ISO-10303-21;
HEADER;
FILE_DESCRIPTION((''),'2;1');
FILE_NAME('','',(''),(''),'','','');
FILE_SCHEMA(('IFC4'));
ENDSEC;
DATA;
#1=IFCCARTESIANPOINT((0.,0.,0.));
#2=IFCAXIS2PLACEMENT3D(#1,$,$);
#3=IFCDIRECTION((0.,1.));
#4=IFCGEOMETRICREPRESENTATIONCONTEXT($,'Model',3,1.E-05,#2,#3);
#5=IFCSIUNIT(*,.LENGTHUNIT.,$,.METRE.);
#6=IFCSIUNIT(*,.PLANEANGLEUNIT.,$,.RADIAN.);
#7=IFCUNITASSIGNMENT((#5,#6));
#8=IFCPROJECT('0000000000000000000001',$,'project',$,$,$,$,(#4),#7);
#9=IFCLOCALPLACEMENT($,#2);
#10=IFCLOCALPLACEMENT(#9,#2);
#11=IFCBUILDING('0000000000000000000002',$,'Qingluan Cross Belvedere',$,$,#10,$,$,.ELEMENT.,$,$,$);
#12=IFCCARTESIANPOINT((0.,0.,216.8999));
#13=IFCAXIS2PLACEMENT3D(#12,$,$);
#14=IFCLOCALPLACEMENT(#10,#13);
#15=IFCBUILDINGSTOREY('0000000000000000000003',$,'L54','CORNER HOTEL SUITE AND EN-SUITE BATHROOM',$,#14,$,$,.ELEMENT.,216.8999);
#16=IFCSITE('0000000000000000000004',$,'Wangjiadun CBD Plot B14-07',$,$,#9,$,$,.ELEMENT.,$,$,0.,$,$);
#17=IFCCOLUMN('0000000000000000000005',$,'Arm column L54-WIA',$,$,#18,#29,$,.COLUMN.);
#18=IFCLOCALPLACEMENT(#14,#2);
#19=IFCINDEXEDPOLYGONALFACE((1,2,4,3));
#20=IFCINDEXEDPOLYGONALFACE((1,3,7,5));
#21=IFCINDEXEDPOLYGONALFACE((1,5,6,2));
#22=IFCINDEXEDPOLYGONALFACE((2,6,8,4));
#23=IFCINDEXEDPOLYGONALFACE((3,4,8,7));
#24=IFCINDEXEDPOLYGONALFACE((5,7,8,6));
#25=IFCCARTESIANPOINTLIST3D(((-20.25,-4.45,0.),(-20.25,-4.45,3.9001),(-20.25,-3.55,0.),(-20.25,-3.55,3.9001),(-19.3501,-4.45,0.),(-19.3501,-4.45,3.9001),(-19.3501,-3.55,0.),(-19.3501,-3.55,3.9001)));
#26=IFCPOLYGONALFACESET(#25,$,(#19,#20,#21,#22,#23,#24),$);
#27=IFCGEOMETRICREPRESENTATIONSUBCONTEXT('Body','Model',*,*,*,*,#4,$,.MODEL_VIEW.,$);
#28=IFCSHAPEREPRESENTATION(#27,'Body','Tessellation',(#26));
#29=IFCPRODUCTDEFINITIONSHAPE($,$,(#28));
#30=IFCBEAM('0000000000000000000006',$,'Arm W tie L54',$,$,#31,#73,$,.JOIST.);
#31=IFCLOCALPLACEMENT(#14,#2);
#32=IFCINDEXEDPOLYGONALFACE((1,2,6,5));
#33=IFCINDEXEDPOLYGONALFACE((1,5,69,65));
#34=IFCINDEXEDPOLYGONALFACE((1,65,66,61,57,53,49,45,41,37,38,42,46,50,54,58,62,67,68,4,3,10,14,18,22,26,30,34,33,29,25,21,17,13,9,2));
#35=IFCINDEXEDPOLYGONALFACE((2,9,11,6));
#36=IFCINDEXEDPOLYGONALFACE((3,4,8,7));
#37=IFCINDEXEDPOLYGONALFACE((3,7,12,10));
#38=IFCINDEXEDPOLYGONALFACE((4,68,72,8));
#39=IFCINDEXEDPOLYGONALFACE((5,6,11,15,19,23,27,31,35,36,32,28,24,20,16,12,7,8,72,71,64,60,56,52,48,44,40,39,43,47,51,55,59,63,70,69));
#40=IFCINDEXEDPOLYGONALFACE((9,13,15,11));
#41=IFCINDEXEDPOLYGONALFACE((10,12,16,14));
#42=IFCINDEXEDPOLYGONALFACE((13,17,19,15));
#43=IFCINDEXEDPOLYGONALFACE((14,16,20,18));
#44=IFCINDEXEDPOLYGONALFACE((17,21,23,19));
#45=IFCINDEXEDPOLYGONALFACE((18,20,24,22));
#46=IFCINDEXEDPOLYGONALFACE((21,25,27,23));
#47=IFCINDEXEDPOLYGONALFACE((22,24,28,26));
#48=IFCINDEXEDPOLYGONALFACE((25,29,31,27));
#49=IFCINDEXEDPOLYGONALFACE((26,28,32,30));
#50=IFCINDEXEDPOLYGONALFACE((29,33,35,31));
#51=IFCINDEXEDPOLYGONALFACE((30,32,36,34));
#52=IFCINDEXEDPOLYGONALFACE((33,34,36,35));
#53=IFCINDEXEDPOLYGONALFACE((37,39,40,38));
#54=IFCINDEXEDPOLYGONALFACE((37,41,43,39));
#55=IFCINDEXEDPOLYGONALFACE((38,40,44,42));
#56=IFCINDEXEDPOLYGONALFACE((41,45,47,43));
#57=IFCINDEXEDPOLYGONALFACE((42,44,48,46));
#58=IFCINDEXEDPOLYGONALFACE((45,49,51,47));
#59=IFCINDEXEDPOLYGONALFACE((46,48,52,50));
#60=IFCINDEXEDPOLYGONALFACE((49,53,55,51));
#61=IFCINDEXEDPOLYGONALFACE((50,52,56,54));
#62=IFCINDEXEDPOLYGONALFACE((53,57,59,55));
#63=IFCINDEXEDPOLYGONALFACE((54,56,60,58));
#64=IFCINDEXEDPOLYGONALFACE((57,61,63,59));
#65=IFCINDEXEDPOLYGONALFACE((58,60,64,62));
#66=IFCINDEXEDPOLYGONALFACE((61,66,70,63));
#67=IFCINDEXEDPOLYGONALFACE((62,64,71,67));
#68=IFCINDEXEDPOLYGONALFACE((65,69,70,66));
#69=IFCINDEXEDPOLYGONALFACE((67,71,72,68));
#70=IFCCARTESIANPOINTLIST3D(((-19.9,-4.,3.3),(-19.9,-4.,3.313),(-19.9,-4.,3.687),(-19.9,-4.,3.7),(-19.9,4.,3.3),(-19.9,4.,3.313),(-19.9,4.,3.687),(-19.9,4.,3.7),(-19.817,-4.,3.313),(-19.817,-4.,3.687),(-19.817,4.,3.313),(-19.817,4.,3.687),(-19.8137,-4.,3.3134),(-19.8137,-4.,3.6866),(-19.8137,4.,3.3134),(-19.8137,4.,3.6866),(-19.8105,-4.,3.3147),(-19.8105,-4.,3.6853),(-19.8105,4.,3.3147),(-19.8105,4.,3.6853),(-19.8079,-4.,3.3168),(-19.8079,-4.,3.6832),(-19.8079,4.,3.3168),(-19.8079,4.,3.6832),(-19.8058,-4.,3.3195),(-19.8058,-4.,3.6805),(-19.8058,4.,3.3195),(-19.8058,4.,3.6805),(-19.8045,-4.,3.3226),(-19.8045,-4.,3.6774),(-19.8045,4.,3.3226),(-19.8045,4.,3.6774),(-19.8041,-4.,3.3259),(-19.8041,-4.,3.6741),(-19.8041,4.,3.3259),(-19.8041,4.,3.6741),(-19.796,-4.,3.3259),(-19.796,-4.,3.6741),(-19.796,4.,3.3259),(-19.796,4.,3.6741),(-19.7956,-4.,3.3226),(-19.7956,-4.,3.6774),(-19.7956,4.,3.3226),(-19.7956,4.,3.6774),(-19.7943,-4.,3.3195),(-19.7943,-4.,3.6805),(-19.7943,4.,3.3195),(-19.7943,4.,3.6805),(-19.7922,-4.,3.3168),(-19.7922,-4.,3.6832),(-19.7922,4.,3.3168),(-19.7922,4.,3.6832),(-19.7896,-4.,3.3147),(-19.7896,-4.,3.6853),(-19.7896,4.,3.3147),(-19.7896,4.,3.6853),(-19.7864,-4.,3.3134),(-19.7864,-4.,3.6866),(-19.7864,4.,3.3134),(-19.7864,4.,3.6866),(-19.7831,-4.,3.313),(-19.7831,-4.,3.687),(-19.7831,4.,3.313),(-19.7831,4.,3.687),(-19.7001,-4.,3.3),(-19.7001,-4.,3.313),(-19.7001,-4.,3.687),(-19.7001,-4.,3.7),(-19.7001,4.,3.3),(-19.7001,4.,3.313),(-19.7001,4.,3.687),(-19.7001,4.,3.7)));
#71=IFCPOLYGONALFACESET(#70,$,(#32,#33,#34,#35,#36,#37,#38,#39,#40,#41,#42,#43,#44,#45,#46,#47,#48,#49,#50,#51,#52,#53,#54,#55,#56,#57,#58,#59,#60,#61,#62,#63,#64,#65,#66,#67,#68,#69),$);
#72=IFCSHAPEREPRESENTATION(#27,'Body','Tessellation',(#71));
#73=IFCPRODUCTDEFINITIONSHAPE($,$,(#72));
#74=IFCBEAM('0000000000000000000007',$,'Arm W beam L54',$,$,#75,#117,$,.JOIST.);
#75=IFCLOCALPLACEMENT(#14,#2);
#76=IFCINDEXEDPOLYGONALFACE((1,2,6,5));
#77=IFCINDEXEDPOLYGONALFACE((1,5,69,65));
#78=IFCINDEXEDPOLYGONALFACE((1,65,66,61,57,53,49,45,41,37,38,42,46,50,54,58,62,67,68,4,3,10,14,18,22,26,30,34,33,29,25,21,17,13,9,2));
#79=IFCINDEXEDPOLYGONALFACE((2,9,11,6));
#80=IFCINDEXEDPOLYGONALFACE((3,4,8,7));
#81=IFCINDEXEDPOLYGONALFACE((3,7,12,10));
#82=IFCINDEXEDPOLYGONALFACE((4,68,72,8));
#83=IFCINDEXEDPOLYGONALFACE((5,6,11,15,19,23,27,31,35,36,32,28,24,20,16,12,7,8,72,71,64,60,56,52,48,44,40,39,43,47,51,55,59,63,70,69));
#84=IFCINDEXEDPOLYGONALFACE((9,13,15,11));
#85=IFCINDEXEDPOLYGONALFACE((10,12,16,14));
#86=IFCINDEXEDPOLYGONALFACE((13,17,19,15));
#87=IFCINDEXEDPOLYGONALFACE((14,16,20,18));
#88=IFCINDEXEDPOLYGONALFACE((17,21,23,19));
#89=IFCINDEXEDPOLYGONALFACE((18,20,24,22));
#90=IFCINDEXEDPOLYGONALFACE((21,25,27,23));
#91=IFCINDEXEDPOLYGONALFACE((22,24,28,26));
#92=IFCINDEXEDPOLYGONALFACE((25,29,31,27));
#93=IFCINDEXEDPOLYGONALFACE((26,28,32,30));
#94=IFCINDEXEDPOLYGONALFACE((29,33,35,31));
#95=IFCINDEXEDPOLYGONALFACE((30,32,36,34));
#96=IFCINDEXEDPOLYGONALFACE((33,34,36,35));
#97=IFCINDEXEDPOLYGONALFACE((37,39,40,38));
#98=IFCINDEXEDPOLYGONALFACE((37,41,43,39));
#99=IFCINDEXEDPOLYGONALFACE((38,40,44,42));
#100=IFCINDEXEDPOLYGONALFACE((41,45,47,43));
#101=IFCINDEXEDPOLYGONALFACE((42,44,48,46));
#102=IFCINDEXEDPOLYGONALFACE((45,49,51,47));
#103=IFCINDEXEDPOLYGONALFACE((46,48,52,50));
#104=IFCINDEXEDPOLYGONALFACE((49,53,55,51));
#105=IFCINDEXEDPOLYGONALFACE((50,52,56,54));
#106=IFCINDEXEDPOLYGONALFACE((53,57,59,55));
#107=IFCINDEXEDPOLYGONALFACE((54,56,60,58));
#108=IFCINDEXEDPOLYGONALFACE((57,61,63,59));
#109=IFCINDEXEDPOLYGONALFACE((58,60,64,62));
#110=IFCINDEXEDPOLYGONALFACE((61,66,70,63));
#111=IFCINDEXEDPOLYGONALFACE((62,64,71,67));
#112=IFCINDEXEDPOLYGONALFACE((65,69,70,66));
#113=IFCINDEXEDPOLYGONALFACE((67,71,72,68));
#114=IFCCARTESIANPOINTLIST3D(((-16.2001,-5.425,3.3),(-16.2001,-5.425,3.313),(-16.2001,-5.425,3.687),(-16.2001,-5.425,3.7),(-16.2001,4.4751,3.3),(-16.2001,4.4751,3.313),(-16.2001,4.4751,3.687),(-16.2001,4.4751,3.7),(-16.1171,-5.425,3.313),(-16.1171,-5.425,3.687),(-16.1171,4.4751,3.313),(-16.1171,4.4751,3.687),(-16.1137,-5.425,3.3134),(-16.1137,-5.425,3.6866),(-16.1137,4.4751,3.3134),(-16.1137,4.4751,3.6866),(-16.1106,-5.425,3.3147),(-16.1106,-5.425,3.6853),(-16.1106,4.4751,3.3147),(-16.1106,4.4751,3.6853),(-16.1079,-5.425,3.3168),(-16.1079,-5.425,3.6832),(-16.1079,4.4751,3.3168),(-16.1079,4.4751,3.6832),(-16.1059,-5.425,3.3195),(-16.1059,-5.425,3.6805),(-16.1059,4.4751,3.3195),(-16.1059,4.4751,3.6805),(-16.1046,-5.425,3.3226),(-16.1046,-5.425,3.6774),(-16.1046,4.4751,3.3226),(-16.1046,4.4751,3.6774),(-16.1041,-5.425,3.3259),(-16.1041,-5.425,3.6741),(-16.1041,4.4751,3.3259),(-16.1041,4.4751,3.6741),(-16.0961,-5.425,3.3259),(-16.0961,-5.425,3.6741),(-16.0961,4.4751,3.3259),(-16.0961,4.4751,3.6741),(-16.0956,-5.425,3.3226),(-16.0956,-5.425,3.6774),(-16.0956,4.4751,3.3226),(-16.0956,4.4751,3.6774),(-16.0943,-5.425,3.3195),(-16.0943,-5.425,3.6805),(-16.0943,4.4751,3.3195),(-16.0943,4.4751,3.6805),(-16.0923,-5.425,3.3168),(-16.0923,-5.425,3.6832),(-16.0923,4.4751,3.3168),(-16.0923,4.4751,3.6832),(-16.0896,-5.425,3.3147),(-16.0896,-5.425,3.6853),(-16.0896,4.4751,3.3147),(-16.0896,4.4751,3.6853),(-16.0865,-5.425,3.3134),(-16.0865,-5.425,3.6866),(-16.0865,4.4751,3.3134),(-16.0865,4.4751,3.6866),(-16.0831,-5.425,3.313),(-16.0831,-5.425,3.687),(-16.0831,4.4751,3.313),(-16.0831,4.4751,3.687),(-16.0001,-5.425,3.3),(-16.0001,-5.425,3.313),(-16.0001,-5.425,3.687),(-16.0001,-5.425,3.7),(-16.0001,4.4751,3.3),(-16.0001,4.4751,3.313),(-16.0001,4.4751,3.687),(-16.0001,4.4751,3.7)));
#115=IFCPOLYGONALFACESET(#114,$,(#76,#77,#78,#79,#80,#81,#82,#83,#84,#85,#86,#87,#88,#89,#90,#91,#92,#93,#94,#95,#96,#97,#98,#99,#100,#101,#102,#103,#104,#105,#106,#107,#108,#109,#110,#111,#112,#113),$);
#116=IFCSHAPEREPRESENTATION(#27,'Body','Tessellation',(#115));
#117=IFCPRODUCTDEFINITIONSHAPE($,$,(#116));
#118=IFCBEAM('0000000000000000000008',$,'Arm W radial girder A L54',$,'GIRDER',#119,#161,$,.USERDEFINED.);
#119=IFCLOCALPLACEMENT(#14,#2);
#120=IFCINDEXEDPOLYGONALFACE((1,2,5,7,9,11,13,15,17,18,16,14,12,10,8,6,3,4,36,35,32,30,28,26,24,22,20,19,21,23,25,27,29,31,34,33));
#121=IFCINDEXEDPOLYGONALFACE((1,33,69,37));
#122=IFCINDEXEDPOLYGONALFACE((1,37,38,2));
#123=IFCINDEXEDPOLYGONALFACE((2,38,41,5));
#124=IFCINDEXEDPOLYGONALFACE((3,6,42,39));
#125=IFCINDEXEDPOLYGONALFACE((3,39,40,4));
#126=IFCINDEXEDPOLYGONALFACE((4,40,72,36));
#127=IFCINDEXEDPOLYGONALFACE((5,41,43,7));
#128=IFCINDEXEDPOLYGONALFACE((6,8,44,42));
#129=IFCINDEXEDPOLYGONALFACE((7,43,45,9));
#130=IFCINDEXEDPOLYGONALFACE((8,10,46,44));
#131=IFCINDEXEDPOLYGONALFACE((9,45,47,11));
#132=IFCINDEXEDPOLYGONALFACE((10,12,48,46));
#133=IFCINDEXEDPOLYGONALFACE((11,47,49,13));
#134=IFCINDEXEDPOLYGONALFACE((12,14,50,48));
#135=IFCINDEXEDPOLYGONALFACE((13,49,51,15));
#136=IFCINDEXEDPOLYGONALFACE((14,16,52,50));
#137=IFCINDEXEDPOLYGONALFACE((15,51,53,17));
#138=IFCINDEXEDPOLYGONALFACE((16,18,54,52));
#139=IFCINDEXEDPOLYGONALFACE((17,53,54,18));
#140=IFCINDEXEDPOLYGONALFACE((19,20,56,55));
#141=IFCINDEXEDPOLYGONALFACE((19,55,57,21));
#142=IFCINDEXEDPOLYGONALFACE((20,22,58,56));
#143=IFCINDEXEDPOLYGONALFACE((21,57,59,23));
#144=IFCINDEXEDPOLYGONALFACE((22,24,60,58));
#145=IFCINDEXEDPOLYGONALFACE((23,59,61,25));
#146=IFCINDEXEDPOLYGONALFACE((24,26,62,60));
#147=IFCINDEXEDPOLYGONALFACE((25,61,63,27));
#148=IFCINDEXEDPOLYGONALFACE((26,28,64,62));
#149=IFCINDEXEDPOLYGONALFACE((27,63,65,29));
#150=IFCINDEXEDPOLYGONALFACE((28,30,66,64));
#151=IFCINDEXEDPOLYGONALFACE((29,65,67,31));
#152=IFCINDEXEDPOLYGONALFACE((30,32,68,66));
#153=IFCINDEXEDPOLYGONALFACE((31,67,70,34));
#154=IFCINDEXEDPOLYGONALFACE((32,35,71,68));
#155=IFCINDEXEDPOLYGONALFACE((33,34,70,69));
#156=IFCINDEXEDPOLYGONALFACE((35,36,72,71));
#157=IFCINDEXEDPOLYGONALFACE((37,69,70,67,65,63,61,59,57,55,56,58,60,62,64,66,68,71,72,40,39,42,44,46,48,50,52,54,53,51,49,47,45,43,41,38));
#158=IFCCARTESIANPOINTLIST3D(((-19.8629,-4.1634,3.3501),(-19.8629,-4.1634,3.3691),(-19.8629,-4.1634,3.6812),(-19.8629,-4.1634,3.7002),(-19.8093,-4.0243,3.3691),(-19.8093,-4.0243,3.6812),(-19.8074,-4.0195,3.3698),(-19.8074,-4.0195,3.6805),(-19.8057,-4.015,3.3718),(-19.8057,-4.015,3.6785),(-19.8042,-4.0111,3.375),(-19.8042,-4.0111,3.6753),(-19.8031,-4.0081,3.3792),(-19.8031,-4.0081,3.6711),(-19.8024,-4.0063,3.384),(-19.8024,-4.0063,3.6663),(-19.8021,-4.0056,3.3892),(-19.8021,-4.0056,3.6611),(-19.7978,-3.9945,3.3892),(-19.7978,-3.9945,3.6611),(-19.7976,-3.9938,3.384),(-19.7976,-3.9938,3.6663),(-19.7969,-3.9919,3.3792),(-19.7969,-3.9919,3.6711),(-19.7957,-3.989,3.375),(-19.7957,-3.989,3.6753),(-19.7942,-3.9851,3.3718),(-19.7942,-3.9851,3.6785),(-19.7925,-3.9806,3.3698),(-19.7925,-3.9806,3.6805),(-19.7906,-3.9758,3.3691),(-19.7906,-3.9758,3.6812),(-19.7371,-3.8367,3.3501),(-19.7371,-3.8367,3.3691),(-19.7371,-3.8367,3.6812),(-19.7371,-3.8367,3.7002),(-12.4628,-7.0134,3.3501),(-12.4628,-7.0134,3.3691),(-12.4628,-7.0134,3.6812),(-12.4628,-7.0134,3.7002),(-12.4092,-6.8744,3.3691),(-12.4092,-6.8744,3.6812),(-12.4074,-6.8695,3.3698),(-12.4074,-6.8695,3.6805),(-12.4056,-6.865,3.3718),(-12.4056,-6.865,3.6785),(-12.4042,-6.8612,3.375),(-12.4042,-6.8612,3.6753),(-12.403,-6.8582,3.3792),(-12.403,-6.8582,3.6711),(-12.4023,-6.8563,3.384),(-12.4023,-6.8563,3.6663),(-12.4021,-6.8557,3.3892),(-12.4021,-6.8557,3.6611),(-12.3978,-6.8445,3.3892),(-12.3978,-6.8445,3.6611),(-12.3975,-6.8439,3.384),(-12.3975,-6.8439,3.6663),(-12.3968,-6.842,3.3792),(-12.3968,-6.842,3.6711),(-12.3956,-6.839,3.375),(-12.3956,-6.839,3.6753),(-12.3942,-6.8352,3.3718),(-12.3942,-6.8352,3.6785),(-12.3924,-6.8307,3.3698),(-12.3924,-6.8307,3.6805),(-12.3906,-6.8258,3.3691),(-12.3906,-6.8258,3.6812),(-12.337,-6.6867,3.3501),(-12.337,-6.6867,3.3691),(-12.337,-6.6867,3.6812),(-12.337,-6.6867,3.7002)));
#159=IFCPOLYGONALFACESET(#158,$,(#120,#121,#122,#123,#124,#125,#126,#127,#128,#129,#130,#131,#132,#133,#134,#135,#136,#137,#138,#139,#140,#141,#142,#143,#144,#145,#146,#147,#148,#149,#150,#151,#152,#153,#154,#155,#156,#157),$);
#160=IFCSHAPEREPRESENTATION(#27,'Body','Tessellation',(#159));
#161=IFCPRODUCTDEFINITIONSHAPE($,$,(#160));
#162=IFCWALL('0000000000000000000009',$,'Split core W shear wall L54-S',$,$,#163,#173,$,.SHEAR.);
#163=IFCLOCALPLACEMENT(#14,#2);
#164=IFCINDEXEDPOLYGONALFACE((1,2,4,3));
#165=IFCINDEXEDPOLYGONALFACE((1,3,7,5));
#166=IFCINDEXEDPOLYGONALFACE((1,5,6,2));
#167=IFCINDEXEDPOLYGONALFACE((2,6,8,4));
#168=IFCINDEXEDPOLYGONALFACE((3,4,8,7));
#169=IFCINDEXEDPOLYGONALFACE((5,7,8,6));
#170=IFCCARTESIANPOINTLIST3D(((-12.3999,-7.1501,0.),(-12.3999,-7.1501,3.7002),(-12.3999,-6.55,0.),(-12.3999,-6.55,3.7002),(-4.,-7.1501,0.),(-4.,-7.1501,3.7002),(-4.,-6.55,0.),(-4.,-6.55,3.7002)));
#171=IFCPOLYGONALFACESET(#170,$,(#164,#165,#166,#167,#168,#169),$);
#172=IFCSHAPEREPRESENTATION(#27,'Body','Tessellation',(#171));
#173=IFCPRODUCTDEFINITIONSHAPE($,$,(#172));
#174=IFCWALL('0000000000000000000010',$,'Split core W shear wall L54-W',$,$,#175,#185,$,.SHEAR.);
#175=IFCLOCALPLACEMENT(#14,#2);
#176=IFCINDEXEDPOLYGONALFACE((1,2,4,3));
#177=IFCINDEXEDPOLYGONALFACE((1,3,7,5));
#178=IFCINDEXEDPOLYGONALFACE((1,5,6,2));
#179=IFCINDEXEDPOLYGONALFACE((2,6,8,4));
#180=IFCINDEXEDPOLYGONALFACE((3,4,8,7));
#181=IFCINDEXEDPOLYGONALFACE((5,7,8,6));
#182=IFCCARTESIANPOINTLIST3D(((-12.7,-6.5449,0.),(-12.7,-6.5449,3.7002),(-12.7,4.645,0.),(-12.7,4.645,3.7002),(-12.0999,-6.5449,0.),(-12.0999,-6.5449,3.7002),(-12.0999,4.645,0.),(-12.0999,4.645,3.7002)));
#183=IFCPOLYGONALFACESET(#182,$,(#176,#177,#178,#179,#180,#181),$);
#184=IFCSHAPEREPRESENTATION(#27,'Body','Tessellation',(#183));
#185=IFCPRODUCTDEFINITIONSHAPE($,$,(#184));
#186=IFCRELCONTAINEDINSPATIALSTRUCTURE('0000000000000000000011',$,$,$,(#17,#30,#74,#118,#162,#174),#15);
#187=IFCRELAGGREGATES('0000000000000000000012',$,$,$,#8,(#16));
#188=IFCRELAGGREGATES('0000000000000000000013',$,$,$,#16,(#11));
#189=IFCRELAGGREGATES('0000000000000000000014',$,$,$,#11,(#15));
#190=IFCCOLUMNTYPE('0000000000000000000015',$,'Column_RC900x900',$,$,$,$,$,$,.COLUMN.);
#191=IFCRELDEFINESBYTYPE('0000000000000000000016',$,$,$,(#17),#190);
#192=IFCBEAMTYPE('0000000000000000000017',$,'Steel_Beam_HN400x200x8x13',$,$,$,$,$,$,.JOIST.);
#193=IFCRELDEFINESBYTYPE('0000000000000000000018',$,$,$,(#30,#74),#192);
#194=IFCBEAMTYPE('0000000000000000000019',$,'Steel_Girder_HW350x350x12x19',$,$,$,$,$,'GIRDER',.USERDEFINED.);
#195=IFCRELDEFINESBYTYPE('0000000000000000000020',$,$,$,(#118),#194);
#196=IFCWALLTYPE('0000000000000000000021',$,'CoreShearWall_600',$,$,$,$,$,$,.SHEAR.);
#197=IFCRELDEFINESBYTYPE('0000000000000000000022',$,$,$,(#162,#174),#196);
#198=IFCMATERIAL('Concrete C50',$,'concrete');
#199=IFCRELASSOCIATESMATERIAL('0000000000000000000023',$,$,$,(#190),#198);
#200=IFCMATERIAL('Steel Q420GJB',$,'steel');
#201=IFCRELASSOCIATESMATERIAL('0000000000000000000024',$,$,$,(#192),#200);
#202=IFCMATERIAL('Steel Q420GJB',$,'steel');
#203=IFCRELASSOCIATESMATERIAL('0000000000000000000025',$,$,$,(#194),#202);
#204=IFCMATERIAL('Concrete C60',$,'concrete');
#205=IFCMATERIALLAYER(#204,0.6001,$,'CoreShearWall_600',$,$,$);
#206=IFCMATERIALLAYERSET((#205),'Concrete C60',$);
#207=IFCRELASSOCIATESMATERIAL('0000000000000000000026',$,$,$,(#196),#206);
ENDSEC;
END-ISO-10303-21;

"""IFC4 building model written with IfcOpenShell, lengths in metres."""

from ifc_helpers import new_model, si_unit, direction, frame, frame_2d, origin, origin_2d, place, context, subcontext, project, spatial, rectangle, i_section, extrude, material, layer, layer_set, material_profile, profile_set, type_object, element, save


model = new_model("IFC4")

# Units and contexts
model_context = context("Model", 3, precision=1e-05, world=origin(), true_north=direction((0.0, 1.0)))
body_context = subcontext(model_context, "Body", "Model", "MODEL_VIEW")
ifc_project = project(units=[si_unit("LENGTHUNIT", "METRE"), si_unit("PLANEANGLEUNIT", "RADIAN")], contexts=[model_context])

# Site, building, storey
site_placement = place(None, origin())
site = spatial("IfcSite", under=ifc_project, at=site_placement, Name="Wangjiadun CBD Plot B14-07", CompositionType="ELEMENT", RefElevation=0.0)
building_placement = place(site_placement, origin())
building = spatial("IfcBuilding", under=site, at=building_placement, Name="Qingluan Cross Belvedere", CompositionType="ELEMENT")
storey_placement = place(building_placement, frame((0.0, 0.0, 216.8999)))
storey = spatial("IfcBuildingStorey", under=building, at=storey_placement, Name="L54", Description="CORNER HOTEL SUITE AND EN-SUITE BATHROOM", CompositionType="ELEMENT", Elevation=216.8999)

# Column
ifc_material_1 = material(Name="Concrete C50", Category="concrete")
ifc_material_profile_1 = material_profile(ifc_material_1, rectangle(XDim=0.8999, YDim=0.8999, at=origin_2d()), Name="RC900x900")
ifc_profile_set_1 = profile_set([ifc_material_profile_1], Name="Concrete C50")
column_type = type_object("IfcColumnType", Name="Column_RC900x900", PredefinedType="COLUMN", material=ifc_profile_set_1)
column_placement = place(storey_placement, frame((-19.8, -4.0, 0.0), z_axis=(0.0, 0.0, 1.0), x_axis=(1.0, 0.0, 0.0)))
element("IfcColumn", 1, at=column_placement, inside=storey, type_object=column_type, Name="Arm column L54-WIA", PredefinedType="COLUMN", context=body_context, shape_type="SweptSolid", body=[
    extrude(rectangle(XDim=0.8999, YDim=0.8999, at=origin_2d()), origin(), (0.0, 0.0, 1.0), 3.9001),
])

# Beams
ifc_material_2 = material(Name="Steel Q420GJB", Category="steel")
ifc_material_profile_2 = material_profile(ifc_material_2, i_section(OverallWidth=0.2, OverallDepth=0.3999, WebThickness=0.0081, FlangeThickness=0.0129, FilletRadius=0.0129, at=origin_2d()), Name="HN400x200x8x13")
ifc_profile_set_2 = profile_set([ifc_material_profile_2], Name="Steel Q420GJB")
beam_type_1 = type_object("IfcBeamType", Name="Steel_Beam_HN400x200x8x13", PredefinedType="JOIST", material=ifc_profile_set_2)
beam_1_placement = place(storey_placement, frame((-19.8, -4.0, 3.5), z_axis=(0.0, 1.0, 0.0), x_axis=(-1.0, 0.0, 0.0)))
element("IfcBeam", 2, at=beam_1_placement, inside=storey, type_object=beam_type_1, Name="Arm W tie L54", PredefinedType="JOIST", context=body_context, shape_type="SweptSolid", body=[
    extrude(i_section(OverallWidth=0.2, OverallDepth=0.3999, WebThickness=0.0081, FlangeThickness=0.0129, FilletRadius=0.0129, at=origin_2d()), origin(), (0.0, 0.0, 1.0), 8.0),
])
beam_2_placement = place(storey_placement, frame((-16.1001, -5.425, 3.5), z_axis=(0.0, 1.0, 0.0), x_axis=(-1.0, 0.0, 0.0)))
element("IfcBeam", 3, at=beam_2_placement, inside=storey, type_object=beam_type_1, Name="Arm W beam L54", PredefinedType="JOIST", context=body_context, shape_type="SweptSolid", body=[
    extrude(i_section(OverallWidth=0.2, OverallDepth=0.3999, WebThickness=0.0081, FlangeThickness=0.0129, FilletRadius=0.0129, at=origin_2d()), origin(), (0.0, 0.0, 1.0), 9.9001),
])
ifc_material_3 = material(Name="Steel Q420GJB", Category="steel")
ifc_material_profile_3 = material_profile(ifc_material_3, i_section(OverallWidth=0.3501, OverallDepth=0.3501, WebThickness=0.012, FlangeThickness=0.019, FilletRadius=0.02, at=origin_2d()), Name="HW350x350x12x19")
ifc_profile_set_3 = profile_set([ifc_material_profile_3], Name="Steel Q420GJB")
beam_type_2 = type_object("IfcBeamType", Name="Steel_Girder_HW350x350x12x19", ElementType="GIRDER", PredefinedType="USERDEFINED", material=ifc_profile_set_3)
beam_3_placement = place(storey_placement, frame((-12.3999, -6.8501, 3.5251), z_axis=(-0.933181, 0.359406, 0.0), x_axis=(-0.359406, -0.933181, 0.0)))
element("IfcBeam", 4, at=beam_3_placement, inside=storey, type_object=beam_type_2, Name="Arm W radial girder A L54", ObjectType="GIRDER", PredefinedType="USERDEFINED", context=body_context, shape_type="SweptSolid", body=[
    extrude(i_section(OverallWidth=0.3501, OverallDepth=0.3501, WebThickness=0.012, FlangeThickness=0.019, FilletRadius=0.02, at=origin_2d()), origin(), (0.0, 0.0, 1.0), 7.9299),
])

# Walls
ifc_material_4 = material(Name="Concrete C60", Category="concrete")
ifc_layer_1 = layer(ifc_material_4, 0.6001, Name="CoreShearWall_600")
ifc_layer_set_1 = layer_set([ifc_layer_1], Name="Concrete C60")
wall_type_1 = type_object("IfcWallType", Name="CoreShearWall_600", PredefinedType="SHEAR", material=ifc_layer_set_1)
wall_1_placement = place(storey_placement, frame((-12.3999, -6.8501, 0.0), z_axis=(0.0, 0.0, 1.0), x_axis=(1.0, 0.0, 0.0)))
element("IfcWall", 5, at=wall_1_placement, inside=storey, type_object=wall_type_1, Name="Split core W shear wall L54-S", PredefinedType="SHEAR", context=body_context, shape_type="SweptSolid", body=[
    extrude(rectangle(XDim=8.3999, YDim=0.6001, at=frame_2d((4.2, 0.0))), origin(), (0.0, 0.0, 1.0), 3.7002),
])
wall_2_placement = place(storey_placement, frame((-12.3999, -6.5449, 0.0), z_axis=(0.0, 0.0, 1.0), x_axis=(0.0, 1.0, 0.0)))
element("IfcWall", 6, at=wall_2_placement, inside=storey, type_object=wall_type_1, Name="Split core W shear wall L54-W", PredefinedType="SHEAR", context=body_context, shape_type="SweptSolid", body=[
    extrude(rectangle(XDim=11.1899, YDim=0.6001, at=frame_2d((5.595, 0.0))), origin(), (0.0, 0.0, 1.0), 3.7002),
])

save(model, "model.ifc")
